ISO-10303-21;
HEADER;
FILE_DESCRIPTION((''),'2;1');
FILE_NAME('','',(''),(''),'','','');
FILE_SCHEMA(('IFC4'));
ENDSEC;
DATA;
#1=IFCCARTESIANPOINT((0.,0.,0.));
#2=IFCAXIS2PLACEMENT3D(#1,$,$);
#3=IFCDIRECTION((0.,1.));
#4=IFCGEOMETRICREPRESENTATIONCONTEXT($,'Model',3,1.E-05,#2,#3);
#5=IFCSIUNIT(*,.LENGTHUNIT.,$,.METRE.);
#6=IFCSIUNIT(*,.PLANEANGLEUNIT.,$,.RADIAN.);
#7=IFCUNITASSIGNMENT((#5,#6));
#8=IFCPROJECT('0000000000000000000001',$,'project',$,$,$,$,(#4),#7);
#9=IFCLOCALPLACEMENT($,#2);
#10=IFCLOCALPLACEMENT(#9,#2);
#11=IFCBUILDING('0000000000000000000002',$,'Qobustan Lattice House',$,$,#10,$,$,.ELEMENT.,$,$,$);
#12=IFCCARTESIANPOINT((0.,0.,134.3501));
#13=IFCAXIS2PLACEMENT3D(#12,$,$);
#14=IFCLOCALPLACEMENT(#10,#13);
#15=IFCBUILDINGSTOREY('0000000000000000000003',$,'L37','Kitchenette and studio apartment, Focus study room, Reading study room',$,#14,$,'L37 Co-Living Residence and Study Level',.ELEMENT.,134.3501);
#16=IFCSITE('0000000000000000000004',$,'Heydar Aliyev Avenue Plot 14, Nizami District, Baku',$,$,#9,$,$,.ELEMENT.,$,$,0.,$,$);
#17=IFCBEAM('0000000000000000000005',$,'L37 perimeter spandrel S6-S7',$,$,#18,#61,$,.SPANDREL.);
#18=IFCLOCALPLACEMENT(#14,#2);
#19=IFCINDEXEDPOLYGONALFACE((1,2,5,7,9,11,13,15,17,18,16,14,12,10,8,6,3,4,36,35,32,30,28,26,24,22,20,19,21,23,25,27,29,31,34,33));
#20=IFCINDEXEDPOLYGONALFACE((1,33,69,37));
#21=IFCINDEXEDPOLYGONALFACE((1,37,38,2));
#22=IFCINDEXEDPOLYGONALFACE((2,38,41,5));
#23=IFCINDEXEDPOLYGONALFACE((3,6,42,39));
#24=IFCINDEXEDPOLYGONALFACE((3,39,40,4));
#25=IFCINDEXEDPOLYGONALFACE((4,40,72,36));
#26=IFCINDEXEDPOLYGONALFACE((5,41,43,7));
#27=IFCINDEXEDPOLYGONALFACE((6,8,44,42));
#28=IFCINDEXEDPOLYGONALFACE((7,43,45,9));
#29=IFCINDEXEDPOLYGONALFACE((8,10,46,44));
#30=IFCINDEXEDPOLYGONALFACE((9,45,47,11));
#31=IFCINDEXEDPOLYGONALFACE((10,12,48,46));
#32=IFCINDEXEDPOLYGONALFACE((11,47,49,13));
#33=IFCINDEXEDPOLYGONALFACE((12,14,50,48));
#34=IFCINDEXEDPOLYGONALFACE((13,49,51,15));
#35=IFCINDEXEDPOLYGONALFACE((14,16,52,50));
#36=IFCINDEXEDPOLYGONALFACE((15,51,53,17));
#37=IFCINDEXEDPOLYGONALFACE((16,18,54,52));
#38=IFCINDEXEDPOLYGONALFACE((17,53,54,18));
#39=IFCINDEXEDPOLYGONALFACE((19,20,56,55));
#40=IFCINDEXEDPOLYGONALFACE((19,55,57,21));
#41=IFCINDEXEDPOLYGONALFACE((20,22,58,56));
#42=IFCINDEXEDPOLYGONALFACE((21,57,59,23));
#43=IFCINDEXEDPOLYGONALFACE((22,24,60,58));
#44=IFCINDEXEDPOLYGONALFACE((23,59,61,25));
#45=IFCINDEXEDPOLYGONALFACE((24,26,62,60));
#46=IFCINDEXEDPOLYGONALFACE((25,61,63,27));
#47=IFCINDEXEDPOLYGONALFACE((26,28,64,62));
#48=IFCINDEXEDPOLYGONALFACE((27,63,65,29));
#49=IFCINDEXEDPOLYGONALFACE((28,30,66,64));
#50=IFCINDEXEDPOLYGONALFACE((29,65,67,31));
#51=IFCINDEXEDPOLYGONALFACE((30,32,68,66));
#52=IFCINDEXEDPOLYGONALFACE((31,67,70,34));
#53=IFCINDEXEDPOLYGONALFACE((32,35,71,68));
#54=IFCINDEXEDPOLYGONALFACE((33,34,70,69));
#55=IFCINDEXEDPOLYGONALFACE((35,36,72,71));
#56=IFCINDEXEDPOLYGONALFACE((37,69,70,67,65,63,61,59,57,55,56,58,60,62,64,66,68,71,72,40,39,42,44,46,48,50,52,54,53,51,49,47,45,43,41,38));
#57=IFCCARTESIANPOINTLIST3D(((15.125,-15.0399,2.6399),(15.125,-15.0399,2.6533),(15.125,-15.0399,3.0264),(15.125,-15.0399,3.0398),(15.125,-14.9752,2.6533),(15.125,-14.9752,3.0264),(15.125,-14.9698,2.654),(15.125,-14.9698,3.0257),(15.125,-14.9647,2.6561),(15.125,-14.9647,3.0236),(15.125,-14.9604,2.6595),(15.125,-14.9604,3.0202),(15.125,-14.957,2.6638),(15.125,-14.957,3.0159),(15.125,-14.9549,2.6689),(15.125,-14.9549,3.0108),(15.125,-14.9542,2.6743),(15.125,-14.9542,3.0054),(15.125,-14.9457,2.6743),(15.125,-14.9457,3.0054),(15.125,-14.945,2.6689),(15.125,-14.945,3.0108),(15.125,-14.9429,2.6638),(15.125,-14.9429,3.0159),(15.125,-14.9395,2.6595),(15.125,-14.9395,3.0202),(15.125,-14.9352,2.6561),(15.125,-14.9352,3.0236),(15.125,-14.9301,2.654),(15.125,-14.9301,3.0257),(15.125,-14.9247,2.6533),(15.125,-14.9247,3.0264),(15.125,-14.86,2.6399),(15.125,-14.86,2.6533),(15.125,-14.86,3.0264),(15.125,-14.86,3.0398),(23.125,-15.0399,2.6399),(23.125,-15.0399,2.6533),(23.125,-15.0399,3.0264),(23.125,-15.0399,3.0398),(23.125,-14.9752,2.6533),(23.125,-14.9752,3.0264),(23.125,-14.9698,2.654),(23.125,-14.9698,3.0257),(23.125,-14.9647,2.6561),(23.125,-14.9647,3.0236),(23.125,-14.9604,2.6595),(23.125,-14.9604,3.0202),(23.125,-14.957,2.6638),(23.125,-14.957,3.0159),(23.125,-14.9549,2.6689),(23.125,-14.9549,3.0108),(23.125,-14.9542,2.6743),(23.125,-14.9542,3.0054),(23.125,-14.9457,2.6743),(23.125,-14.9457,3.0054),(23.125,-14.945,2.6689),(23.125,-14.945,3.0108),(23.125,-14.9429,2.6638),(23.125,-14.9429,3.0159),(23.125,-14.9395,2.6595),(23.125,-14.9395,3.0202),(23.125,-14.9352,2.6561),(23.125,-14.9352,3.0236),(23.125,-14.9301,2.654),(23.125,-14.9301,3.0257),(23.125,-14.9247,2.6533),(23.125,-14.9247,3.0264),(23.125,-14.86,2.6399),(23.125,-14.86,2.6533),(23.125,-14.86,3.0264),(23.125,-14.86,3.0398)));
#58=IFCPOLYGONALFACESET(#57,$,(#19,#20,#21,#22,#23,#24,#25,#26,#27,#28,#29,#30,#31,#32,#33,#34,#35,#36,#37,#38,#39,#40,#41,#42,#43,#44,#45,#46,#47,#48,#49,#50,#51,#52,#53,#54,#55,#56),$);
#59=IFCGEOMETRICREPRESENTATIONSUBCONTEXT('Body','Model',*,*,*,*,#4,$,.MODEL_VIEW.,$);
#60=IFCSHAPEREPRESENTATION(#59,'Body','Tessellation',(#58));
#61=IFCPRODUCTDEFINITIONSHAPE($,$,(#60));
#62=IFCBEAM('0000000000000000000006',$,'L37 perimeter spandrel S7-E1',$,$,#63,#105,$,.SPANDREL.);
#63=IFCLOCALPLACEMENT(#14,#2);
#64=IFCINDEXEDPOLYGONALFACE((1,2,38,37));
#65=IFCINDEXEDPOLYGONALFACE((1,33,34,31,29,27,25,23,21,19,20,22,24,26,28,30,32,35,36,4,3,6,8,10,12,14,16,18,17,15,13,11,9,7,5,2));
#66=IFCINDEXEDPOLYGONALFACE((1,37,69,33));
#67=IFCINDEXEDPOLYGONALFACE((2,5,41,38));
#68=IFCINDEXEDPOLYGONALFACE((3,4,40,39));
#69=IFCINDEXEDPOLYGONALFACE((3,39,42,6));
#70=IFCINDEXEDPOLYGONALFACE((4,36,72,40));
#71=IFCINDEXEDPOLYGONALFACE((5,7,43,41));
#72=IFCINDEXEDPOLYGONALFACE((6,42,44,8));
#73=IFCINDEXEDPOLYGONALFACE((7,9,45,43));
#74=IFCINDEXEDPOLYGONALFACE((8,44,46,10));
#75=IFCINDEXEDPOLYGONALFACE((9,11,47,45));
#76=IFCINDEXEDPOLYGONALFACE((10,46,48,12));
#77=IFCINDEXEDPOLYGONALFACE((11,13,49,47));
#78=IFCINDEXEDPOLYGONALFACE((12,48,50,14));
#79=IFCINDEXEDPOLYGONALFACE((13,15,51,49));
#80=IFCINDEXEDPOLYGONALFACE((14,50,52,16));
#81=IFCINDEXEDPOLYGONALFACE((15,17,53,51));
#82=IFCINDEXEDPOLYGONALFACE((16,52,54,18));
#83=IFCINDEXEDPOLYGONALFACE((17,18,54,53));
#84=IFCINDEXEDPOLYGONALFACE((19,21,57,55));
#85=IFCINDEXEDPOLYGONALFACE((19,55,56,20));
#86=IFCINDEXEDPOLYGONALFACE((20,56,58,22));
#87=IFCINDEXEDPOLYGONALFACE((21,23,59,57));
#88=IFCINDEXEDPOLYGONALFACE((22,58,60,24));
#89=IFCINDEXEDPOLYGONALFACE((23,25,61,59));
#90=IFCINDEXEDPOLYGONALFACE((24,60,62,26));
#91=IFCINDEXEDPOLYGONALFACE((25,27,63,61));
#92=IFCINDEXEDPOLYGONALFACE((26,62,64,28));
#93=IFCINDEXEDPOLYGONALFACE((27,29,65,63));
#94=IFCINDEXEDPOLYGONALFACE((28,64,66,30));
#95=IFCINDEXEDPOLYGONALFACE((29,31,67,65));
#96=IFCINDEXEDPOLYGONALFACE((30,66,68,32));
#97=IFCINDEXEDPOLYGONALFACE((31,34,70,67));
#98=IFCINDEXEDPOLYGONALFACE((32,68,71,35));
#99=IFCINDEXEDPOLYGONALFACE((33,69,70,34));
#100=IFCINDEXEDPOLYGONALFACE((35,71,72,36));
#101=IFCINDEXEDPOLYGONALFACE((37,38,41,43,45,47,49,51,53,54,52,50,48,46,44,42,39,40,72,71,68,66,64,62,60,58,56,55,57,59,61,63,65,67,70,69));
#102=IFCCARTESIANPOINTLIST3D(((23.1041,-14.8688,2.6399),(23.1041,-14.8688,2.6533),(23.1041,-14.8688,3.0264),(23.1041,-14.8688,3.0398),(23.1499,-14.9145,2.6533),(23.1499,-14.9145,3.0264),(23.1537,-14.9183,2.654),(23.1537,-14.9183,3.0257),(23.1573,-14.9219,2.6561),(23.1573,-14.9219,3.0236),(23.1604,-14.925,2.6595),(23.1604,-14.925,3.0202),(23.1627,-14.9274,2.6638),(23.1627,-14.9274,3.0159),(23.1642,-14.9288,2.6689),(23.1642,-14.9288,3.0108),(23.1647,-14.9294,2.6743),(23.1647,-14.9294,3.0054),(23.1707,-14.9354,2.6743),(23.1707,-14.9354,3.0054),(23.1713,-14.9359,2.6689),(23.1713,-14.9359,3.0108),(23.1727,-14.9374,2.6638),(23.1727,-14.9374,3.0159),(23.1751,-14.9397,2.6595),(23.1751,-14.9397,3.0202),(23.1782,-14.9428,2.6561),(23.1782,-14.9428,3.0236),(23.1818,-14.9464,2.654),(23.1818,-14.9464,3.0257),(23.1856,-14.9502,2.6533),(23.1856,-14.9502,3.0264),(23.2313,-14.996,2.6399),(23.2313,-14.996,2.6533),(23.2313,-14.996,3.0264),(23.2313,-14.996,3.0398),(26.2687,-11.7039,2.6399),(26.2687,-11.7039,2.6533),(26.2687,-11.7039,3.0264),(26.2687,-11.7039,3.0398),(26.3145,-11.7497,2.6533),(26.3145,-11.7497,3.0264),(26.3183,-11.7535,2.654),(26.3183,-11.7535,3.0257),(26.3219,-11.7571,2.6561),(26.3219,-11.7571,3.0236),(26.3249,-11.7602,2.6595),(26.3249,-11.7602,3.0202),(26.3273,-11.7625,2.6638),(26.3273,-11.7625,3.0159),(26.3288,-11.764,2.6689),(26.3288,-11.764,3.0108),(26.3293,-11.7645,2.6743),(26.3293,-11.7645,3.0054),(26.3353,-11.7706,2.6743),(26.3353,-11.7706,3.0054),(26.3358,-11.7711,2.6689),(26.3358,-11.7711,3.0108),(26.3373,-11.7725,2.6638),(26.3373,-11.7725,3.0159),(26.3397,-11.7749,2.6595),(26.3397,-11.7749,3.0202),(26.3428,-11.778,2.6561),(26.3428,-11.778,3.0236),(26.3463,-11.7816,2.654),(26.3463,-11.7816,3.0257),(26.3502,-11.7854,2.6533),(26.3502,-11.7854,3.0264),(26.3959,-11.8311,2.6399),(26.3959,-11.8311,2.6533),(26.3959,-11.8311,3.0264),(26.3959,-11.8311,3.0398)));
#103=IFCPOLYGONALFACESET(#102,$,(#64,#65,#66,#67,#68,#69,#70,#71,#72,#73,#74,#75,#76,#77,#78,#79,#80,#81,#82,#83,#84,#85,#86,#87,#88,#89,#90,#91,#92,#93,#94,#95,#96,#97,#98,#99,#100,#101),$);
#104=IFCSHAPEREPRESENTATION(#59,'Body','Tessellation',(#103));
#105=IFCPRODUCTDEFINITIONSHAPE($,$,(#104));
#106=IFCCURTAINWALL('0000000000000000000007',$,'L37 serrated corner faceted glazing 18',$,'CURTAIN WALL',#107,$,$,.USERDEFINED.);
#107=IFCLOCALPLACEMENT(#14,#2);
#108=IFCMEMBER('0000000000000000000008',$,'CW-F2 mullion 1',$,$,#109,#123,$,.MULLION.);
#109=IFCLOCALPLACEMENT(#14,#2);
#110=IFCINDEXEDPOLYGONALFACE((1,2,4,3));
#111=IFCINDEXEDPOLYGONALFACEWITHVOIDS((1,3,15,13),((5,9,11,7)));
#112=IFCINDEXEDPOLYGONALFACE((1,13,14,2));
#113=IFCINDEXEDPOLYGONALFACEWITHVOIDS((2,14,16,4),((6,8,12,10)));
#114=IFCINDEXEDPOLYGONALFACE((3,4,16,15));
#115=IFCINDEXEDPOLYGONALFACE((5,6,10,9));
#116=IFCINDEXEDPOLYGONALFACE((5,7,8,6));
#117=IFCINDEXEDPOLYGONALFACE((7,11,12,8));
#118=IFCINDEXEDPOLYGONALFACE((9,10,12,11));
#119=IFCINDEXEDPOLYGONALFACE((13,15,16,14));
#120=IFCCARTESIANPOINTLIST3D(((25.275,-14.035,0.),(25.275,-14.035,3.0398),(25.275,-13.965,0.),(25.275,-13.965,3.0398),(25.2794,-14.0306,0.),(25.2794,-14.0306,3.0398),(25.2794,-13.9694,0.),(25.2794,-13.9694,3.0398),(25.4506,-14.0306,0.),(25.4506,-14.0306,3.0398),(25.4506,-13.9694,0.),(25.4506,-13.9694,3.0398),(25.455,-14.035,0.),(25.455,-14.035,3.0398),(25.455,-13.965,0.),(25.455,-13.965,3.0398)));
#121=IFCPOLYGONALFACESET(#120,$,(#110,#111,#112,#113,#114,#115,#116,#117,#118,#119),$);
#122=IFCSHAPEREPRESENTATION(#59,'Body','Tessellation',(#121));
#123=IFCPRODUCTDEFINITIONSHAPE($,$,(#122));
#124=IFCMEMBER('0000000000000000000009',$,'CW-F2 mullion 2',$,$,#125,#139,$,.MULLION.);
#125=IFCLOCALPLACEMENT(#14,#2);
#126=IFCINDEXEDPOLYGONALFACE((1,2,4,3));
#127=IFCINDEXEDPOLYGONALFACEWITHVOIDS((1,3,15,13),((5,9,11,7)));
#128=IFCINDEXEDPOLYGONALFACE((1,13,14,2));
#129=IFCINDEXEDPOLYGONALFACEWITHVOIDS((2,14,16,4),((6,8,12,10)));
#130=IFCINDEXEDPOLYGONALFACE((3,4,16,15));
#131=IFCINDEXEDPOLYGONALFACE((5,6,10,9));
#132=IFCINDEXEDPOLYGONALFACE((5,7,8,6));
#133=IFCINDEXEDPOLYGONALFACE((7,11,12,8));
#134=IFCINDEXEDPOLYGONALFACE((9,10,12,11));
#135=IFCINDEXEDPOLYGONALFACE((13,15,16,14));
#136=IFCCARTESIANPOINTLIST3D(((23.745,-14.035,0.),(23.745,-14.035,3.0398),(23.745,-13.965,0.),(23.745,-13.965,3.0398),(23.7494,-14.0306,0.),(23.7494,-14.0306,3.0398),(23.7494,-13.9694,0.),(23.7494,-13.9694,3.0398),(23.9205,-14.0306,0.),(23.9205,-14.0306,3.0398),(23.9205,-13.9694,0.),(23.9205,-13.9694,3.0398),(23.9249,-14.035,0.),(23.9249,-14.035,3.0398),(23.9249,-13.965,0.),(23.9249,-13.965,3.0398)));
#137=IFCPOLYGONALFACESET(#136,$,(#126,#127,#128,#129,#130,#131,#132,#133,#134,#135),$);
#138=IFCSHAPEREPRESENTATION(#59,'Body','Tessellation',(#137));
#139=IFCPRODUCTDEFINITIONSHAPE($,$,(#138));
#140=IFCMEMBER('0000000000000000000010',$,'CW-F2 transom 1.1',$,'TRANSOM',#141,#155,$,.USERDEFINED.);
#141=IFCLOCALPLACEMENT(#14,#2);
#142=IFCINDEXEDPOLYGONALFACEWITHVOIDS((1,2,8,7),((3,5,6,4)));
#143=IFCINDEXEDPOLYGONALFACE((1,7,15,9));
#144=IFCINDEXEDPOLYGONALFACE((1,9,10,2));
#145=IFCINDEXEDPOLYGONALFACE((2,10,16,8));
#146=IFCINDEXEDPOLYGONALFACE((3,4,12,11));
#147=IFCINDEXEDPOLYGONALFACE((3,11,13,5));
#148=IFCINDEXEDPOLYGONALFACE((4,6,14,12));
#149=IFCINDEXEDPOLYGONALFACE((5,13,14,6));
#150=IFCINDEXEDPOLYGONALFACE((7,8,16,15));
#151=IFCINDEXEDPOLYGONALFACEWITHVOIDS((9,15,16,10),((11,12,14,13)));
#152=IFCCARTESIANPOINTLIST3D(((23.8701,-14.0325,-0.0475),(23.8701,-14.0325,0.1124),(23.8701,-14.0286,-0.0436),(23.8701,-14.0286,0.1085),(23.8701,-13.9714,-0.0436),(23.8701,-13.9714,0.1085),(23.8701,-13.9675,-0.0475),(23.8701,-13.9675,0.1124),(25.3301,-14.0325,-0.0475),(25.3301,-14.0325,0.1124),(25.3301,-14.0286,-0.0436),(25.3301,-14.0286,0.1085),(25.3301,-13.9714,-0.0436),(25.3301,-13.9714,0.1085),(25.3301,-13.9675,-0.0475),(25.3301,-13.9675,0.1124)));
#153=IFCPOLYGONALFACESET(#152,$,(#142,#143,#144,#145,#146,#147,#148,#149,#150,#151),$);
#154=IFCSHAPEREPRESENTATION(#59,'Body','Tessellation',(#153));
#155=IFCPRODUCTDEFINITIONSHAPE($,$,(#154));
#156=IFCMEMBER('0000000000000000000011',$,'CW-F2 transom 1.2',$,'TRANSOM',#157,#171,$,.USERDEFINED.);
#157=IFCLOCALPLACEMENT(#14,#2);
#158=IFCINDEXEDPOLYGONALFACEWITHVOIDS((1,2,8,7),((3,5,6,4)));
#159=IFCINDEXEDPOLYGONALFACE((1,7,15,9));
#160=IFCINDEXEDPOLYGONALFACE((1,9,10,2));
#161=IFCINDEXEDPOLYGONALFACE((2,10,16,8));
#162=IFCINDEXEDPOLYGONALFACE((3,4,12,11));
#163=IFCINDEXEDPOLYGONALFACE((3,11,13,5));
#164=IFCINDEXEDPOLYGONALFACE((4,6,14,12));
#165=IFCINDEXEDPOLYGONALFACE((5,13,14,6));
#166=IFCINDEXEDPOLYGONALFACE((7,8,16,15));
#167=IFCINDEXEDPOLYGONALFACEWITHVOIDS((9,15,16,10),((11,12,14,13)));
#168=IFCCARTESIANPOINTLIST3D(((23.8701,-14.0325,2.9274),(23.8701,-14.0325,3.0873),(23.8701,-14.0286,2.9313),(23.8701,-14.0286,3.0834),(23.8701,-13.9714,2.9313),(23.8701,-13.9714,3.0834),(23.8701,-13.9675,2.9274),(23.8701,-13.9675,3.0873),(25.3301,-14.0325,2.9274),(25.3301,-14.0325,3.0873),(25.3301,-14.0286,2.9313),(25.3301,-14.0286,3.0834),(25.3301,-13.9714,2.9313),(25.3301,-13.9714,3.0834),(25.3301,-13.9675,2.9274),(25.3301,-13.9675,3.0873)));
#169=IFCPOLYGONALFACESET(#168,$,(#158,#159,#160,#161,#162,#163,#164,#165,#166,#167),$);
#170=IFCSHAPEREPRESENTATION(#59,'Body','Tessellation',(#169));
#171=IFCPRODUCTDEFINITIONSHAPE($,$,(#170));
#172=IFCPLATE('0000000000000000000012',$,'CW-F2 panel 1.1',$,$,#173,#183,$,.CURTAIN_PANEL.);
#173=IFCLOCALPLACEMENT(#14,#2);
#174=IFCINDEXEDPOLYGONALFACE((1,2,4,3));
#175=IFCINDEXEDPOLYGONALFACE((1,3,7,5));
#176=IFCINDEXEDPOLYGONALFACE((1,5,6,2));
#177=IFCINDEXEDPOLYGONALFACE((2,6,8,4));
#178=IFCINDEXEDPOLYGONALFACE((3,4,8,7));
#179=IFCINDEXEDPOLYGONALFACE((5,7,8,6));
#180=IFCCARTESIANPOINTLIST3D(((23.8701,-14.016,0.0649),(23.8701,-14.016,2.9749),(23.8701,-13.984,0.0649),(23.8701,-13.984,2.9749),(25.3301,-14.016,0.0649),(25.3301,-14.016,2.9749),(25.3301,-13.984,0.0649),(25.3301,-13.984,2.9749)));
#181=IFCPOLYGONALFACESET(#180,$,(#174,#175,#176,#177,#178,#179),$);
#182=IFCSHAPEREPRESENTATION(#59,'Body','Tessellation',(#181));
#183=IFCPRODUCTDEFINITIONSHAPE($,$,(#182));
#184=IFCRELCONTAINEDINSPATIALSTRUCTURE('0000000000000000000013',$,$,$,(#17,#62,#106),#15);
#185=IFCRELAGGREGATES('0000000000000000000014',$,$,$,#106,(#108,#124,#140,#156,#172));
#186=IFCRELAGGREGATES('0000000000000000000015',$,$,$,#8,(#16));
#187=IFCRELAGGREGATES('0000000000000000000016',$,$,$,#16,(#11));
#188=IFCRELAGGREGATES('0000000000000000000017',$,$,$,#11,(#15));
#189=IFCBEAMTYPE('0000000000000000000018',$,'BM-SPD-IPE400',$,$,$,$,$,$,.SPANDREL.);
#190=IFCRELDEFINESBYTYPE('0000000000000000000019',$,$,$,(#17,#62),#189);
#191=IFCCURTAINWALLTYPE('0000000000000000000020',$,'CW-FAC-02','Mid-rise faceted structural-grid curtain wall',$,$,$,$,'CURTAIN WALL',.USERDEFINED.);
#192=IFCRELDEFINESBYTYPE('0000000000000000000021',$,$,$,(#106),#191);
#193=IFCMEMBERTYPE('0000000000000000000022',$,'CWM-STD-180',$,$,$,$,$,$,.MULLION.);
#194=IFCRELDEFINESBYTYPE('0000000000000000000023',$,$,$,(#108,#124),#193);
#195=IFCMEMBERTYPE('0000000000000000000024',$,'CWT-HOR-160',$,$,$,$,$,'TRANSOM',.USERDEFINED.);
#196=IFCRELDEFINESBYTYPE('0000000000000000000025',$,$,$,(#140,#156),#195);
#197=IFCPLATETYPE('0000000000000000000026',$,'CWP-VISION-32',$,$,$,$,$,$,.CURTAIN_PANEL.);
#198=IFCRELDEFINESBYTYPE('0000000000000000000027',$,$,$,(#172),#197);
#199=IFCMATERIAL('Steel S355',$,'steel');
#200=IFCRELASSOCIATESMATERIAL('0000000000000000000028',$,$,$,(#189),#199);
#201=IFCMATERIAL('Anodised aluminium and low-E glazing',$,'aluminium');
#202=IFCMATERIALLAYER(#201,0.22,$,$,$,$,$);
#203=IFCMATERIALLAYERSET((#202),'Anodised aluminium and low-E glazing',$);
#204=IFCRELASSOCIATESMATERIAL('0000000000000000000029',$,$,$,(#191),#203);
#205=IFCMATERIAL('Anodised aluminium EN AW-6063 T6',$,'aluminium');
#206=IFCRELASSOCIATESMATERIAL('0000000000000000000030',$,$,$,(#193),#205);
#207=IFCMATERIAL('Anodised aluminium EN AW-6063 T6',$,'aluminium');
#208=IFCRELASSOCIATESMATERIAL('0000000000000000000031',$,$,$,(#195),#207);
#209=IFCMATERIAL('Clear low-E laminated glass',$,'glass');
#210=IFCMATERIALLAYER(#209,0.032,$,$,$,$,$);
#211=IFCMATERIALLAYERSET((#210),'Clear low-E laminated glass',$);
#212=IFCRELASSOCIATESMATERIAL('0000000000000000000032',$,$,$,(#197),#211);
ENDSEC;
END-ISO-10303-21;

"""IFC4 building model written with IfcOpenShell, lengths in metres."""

from ifc_helpers import new_model, si_unit, direction, frame, origin, origin_2d, place, context, subcontext, project, spatial, rectangle, hollow_rectangle, i_section, extrude, material, layer, layer_set, material_profile, profile_set, type_object, element, aggregate, save


model = new_model("IFC4")

# Units and contexts
model_context = context("Model", 3, precision=1e-05, world=origin(), true_north=direction((0.0, 1.0)))
body_context = subcontext(model_context, "Body", "Model", "MODEL_VIEW")
ifc_project = project(units=[si_unit("LENGTHUNIT", "METRE"), si_unit("PLANEANGLEUNIT", "RADIAN")], contexts=[model_context])

# Site, building, storey
site_placement = place(None, origin())
site = spatial("IfcSite", under=ifc_project, at=site_placement, Name="Heydar Aliyev Avenue Plot 14, Nizami District, Baku", CompositionType="ELEMENT", RefElevation=0.0)
building_placement = place(site_placement, origin())
building = spatial("IfcBuilding", under=site, at=building_placement, Name="Qobustan Lattice House", CompositionType="ELEMENT")
storey_placement = place(building_placement, frame((0.0, 0.0, 134.3501)))
storey = spatial("IfcBuildingStorey", under=building, at=storey_placement, Name="L37", Description="Kitchenette and studio apartment, Focus study room, Reading study room", LongName="L37 Co-Living Residence and Study Level", CompositionType="ELEMENT", Elevation=134.3501)

# Beams
ifc_material_1 = material(Name="Steel S355", Category="steel")
ifc_material_profile_1 = material_profile(ifc_material_1, i_section(OverallWidth=0.1799, OverallDepth=0.3999, WebThickness=0.0085, FlangeThickness=0.0134, FilletRadius=0.021, at=origin_2d()), Name="IPE400")
ifc_profile_set_1 = profile_set([ifc_material_profile_1], Name="Steel S355")
beam_type_1 = type_object("IfcBeamType", Name="BM-SPD-IPE400", PredefinedType="SPANDREL", material=ifc_profile_set_1)
beam_1_placement = place(storey_placement, frame((15.125, -14.95, 2.8398), z_axis=(1.0, 0.0, 0.0), x_axis=(0.0, 1.0, 0.0)))
element("IfcBeam", 1, at=beam_1_placement, inside=storey, type_object=beam_type_1, Name="L37 perimeter spandrel S6-S7", PredefinedType="SPANDREL", context=body_context, shape_type="SweptSolid", body=[
    extrude(i_section(OverallWidth=0.1799, OverallDepth=0.3999, WebThickness=0.0085, FlangeThickness=0.0134, FilletRadius=0.021, at=origin_2d()), origin(), (0.0, 0.0, 1.0), 8.0),
])
beam_2_placement = place(storey_placement, frame((23.1677, -14.9324, 2.8398), z_axis=(0.70708, 0.707134, 0.0), x_axis=(-0.707134, 0.70708, 0.0)))
element("IfcBeam", 2, at=beam_2_placement, inside=storey, type_object=beam_type_1, Name="L37 perimeter spandrel S7-E1", PredefinedType="SPANDREL", context=body_context, shape_type="SweptSolid", body=[
    extrude(i_section(OverallWidth=0.1799, OverallDepth=0.3999, WebThickness=0.0085, FlangeThickness=0.0134, FilletRadius=0.021, at=origin_2d()), origin(), (0.0, 0.0, 1.0), 4.4756),
])

# Curtain wall, members, plate
ifc_material_2 = material(Name="Anodised aluminium and low-E glazing", Category="aluminium")
ifc_layer_1 = layer(ifc_material_2, 0.22)
ifc_layer_set_1 = layer_set([ifc_layer_1], Name="Anodised aluminium and low-E glazing")
curtain_wall_type = type_object("IfcCurtainWallType", Name="CW-FAC-02", Description="Mid-rise faceted structural-grid curtain wall", ElementType="CURTAIN WALL", PredefinedType="USERDEFINED", material=ifc_layer_set_1)
curtain_wall_placement = place(storey_placement, origin())
curtain_wall = element("IfcCurtainWall", 3, at=curtain_wall_placement, inside=storey, type_object=curtain_wall_type, Name="L37 serrated corner faceted glazing 18", ObjectType="CURTAIN WALL", PredefinedType="USERDEFINED")
ifc_material_3 = material(Name="Anodised aluminium EN AW-6063 T6", Category="aluminium")
ifc_material_profile_2 = material_profile(ifc_material_3, hollow_rectangle(XDim=0.0701, YDim=0.1799, WallThickness=0.0044, at=origin_2d()), Name="CWM-180x70")
ifc_profile_set_2 = profile_set([ifc_material_profile_2], Name="Anodised aluminium EN AW-6063 T6")
member_type_1 = type_object("IfcMemberType", Name="CWM-STD-180", PredefinedType="MULLION", material=ifc_profile_set_2)
member_1_placement = place(storey_placement, frame((25.365, -14.0, 0.0), z_axis=(0.0, 0.0, 1.0), x_axis=(0.0, -1.0, 0.0)))
member_1 = element("IfcMember", 4, at=member_1_placement, type_object=member_type_1, Name="CW-F2 mullion 1", PredefinedType="MULLION", context=body_context, shape_type="SweptSolid", body=[
    extrude(hollow_rectangle(XDim=0.0701, YDim=0.1799, WallThickness=0.0044, at=origin_2d()), origin(), (0.0, 0.0, 1.0), 3.0398),
])
member_2_placement = place(storey_placement, frame((23.835, -14.0, 0.0), z_axis=(0.0, 0.0, 1.0), x_axis=(0.0, -1.0, 0.0)))
member_2 = element("IfcMember", 5, at=member_2_placement, type_object=member_type_1, Name="CW-F2 mullion 2", PredefinedType="MULLION", context=body_context, shape_type="SweptSolid", body=[
    extrude(hollow_rectangle(XDim=0.0701, YDim=0.1799, WallThickness=0.0044, at=origin_2d()), origin(), (0.0, 0.0, 1.0), 3.0398),
])
ifc_material_4 = material(Name="Anodised aluminium EN AW-6063 T6", Category="aluminium")
ifc_material_profile_3 = material_profile(ifc_material_4, hollow_rectangle(XDim=0.0649, YDim=0.1599, WallThickness=0.0039, at=origin_2d()), Name="CWT-160x65")
ifc_profile_set_3 = profile_set([ifc_material_profile_3], Name="Anodised aluminium EN AW-6063 T6")
member_type_2 = type_object("IfcMemberType", Name="CWT-HOR-160", ElementType="TRANSOM", PredefinedType="USERDEFINED", material=ifc_profile_set_3)
member_3_placement = place(storey_placement, frame((25.3301, -14.0, 0.0325), z_axis=(-1.0, 0.0, 0.0), x_axis=(0.0, -1.0, 0.0)))
member_3 = element("IfcMember", 6, at=member_3_placement, type_object=member_type_2, Name="CW-F2 transom 1.1", ObjectType="TRANSOM", PredefinedType="USERDEFINED", context=body_context, shape_type="SweptSolid", body=[
    extrude(hollow_rectangle(XDim=0.0649, YDim=0.1599, WallThickness=0.0039, at=origin_2d()), origin(), (0.0, 0.0, 1.0), 1.46),
])
member_4_placement = place(storey_placement, frame((25.3301, -14.0, 3.0073), z_axis=(-1.0, 0.0, 0.0), x_axis=(0.0, -1.0, 0.0)))
member_4 = element("IfcMember", 7, at=member_4_placement, type_object=member_type_2, Name="CW-F2 transom 1.2", ObjectType="TRANSOM", PredefinedType="USERDEFINED", context=body_context, shape_type="SweptSolid", body=[
    extrude(hollow_rectangle(XDim=0.0649, YDim=0.1599, WallThickness=0.0039, at=origin_2d()), origin(), (0.0, 0.0, 1.0), 1.46),
])
ifc_material_5 = material(Name="Clear low-E laminated glass", Category="glass")
ifc_layer_2 = layer(ifc_material_5, 0.032)
ifc_layer_set_2 = layer_set([ifc_layer_2], Name="Clear low-E laminated glass")
plate_type_1 = type_object("IfcPlateType", Name="CWP-VISION-32", PredefinedType="CURTAIN_PANEL", material=ifc_layer_set_2)
plate_1_placement = place(storey_placement, frame((24.6001, -14.0, 0.0649), z_axis=(0.0, 0.0, 1.0), x_axis=(-1.0, 0.0, 0.0)))
plate_1 = element("IfcPlate", 8, at=plate_1_placement, type_object=plate_type_1, Name="CW-F2 panel 1.1", PredefinedType="CURTAIN_PANEL", context=body_context, shape_type="SweptSolid", body=[
    extrude(rectangle(XDim=1.46, YDim=0.032, at=origin_2d()), origin(), (0.0, 0.0, 1.0), 2.9099),
])
aggregate(curtain_wall, [member_1, member_2, member_3, member_4, plate_1])

save(model, "model.ifc")
